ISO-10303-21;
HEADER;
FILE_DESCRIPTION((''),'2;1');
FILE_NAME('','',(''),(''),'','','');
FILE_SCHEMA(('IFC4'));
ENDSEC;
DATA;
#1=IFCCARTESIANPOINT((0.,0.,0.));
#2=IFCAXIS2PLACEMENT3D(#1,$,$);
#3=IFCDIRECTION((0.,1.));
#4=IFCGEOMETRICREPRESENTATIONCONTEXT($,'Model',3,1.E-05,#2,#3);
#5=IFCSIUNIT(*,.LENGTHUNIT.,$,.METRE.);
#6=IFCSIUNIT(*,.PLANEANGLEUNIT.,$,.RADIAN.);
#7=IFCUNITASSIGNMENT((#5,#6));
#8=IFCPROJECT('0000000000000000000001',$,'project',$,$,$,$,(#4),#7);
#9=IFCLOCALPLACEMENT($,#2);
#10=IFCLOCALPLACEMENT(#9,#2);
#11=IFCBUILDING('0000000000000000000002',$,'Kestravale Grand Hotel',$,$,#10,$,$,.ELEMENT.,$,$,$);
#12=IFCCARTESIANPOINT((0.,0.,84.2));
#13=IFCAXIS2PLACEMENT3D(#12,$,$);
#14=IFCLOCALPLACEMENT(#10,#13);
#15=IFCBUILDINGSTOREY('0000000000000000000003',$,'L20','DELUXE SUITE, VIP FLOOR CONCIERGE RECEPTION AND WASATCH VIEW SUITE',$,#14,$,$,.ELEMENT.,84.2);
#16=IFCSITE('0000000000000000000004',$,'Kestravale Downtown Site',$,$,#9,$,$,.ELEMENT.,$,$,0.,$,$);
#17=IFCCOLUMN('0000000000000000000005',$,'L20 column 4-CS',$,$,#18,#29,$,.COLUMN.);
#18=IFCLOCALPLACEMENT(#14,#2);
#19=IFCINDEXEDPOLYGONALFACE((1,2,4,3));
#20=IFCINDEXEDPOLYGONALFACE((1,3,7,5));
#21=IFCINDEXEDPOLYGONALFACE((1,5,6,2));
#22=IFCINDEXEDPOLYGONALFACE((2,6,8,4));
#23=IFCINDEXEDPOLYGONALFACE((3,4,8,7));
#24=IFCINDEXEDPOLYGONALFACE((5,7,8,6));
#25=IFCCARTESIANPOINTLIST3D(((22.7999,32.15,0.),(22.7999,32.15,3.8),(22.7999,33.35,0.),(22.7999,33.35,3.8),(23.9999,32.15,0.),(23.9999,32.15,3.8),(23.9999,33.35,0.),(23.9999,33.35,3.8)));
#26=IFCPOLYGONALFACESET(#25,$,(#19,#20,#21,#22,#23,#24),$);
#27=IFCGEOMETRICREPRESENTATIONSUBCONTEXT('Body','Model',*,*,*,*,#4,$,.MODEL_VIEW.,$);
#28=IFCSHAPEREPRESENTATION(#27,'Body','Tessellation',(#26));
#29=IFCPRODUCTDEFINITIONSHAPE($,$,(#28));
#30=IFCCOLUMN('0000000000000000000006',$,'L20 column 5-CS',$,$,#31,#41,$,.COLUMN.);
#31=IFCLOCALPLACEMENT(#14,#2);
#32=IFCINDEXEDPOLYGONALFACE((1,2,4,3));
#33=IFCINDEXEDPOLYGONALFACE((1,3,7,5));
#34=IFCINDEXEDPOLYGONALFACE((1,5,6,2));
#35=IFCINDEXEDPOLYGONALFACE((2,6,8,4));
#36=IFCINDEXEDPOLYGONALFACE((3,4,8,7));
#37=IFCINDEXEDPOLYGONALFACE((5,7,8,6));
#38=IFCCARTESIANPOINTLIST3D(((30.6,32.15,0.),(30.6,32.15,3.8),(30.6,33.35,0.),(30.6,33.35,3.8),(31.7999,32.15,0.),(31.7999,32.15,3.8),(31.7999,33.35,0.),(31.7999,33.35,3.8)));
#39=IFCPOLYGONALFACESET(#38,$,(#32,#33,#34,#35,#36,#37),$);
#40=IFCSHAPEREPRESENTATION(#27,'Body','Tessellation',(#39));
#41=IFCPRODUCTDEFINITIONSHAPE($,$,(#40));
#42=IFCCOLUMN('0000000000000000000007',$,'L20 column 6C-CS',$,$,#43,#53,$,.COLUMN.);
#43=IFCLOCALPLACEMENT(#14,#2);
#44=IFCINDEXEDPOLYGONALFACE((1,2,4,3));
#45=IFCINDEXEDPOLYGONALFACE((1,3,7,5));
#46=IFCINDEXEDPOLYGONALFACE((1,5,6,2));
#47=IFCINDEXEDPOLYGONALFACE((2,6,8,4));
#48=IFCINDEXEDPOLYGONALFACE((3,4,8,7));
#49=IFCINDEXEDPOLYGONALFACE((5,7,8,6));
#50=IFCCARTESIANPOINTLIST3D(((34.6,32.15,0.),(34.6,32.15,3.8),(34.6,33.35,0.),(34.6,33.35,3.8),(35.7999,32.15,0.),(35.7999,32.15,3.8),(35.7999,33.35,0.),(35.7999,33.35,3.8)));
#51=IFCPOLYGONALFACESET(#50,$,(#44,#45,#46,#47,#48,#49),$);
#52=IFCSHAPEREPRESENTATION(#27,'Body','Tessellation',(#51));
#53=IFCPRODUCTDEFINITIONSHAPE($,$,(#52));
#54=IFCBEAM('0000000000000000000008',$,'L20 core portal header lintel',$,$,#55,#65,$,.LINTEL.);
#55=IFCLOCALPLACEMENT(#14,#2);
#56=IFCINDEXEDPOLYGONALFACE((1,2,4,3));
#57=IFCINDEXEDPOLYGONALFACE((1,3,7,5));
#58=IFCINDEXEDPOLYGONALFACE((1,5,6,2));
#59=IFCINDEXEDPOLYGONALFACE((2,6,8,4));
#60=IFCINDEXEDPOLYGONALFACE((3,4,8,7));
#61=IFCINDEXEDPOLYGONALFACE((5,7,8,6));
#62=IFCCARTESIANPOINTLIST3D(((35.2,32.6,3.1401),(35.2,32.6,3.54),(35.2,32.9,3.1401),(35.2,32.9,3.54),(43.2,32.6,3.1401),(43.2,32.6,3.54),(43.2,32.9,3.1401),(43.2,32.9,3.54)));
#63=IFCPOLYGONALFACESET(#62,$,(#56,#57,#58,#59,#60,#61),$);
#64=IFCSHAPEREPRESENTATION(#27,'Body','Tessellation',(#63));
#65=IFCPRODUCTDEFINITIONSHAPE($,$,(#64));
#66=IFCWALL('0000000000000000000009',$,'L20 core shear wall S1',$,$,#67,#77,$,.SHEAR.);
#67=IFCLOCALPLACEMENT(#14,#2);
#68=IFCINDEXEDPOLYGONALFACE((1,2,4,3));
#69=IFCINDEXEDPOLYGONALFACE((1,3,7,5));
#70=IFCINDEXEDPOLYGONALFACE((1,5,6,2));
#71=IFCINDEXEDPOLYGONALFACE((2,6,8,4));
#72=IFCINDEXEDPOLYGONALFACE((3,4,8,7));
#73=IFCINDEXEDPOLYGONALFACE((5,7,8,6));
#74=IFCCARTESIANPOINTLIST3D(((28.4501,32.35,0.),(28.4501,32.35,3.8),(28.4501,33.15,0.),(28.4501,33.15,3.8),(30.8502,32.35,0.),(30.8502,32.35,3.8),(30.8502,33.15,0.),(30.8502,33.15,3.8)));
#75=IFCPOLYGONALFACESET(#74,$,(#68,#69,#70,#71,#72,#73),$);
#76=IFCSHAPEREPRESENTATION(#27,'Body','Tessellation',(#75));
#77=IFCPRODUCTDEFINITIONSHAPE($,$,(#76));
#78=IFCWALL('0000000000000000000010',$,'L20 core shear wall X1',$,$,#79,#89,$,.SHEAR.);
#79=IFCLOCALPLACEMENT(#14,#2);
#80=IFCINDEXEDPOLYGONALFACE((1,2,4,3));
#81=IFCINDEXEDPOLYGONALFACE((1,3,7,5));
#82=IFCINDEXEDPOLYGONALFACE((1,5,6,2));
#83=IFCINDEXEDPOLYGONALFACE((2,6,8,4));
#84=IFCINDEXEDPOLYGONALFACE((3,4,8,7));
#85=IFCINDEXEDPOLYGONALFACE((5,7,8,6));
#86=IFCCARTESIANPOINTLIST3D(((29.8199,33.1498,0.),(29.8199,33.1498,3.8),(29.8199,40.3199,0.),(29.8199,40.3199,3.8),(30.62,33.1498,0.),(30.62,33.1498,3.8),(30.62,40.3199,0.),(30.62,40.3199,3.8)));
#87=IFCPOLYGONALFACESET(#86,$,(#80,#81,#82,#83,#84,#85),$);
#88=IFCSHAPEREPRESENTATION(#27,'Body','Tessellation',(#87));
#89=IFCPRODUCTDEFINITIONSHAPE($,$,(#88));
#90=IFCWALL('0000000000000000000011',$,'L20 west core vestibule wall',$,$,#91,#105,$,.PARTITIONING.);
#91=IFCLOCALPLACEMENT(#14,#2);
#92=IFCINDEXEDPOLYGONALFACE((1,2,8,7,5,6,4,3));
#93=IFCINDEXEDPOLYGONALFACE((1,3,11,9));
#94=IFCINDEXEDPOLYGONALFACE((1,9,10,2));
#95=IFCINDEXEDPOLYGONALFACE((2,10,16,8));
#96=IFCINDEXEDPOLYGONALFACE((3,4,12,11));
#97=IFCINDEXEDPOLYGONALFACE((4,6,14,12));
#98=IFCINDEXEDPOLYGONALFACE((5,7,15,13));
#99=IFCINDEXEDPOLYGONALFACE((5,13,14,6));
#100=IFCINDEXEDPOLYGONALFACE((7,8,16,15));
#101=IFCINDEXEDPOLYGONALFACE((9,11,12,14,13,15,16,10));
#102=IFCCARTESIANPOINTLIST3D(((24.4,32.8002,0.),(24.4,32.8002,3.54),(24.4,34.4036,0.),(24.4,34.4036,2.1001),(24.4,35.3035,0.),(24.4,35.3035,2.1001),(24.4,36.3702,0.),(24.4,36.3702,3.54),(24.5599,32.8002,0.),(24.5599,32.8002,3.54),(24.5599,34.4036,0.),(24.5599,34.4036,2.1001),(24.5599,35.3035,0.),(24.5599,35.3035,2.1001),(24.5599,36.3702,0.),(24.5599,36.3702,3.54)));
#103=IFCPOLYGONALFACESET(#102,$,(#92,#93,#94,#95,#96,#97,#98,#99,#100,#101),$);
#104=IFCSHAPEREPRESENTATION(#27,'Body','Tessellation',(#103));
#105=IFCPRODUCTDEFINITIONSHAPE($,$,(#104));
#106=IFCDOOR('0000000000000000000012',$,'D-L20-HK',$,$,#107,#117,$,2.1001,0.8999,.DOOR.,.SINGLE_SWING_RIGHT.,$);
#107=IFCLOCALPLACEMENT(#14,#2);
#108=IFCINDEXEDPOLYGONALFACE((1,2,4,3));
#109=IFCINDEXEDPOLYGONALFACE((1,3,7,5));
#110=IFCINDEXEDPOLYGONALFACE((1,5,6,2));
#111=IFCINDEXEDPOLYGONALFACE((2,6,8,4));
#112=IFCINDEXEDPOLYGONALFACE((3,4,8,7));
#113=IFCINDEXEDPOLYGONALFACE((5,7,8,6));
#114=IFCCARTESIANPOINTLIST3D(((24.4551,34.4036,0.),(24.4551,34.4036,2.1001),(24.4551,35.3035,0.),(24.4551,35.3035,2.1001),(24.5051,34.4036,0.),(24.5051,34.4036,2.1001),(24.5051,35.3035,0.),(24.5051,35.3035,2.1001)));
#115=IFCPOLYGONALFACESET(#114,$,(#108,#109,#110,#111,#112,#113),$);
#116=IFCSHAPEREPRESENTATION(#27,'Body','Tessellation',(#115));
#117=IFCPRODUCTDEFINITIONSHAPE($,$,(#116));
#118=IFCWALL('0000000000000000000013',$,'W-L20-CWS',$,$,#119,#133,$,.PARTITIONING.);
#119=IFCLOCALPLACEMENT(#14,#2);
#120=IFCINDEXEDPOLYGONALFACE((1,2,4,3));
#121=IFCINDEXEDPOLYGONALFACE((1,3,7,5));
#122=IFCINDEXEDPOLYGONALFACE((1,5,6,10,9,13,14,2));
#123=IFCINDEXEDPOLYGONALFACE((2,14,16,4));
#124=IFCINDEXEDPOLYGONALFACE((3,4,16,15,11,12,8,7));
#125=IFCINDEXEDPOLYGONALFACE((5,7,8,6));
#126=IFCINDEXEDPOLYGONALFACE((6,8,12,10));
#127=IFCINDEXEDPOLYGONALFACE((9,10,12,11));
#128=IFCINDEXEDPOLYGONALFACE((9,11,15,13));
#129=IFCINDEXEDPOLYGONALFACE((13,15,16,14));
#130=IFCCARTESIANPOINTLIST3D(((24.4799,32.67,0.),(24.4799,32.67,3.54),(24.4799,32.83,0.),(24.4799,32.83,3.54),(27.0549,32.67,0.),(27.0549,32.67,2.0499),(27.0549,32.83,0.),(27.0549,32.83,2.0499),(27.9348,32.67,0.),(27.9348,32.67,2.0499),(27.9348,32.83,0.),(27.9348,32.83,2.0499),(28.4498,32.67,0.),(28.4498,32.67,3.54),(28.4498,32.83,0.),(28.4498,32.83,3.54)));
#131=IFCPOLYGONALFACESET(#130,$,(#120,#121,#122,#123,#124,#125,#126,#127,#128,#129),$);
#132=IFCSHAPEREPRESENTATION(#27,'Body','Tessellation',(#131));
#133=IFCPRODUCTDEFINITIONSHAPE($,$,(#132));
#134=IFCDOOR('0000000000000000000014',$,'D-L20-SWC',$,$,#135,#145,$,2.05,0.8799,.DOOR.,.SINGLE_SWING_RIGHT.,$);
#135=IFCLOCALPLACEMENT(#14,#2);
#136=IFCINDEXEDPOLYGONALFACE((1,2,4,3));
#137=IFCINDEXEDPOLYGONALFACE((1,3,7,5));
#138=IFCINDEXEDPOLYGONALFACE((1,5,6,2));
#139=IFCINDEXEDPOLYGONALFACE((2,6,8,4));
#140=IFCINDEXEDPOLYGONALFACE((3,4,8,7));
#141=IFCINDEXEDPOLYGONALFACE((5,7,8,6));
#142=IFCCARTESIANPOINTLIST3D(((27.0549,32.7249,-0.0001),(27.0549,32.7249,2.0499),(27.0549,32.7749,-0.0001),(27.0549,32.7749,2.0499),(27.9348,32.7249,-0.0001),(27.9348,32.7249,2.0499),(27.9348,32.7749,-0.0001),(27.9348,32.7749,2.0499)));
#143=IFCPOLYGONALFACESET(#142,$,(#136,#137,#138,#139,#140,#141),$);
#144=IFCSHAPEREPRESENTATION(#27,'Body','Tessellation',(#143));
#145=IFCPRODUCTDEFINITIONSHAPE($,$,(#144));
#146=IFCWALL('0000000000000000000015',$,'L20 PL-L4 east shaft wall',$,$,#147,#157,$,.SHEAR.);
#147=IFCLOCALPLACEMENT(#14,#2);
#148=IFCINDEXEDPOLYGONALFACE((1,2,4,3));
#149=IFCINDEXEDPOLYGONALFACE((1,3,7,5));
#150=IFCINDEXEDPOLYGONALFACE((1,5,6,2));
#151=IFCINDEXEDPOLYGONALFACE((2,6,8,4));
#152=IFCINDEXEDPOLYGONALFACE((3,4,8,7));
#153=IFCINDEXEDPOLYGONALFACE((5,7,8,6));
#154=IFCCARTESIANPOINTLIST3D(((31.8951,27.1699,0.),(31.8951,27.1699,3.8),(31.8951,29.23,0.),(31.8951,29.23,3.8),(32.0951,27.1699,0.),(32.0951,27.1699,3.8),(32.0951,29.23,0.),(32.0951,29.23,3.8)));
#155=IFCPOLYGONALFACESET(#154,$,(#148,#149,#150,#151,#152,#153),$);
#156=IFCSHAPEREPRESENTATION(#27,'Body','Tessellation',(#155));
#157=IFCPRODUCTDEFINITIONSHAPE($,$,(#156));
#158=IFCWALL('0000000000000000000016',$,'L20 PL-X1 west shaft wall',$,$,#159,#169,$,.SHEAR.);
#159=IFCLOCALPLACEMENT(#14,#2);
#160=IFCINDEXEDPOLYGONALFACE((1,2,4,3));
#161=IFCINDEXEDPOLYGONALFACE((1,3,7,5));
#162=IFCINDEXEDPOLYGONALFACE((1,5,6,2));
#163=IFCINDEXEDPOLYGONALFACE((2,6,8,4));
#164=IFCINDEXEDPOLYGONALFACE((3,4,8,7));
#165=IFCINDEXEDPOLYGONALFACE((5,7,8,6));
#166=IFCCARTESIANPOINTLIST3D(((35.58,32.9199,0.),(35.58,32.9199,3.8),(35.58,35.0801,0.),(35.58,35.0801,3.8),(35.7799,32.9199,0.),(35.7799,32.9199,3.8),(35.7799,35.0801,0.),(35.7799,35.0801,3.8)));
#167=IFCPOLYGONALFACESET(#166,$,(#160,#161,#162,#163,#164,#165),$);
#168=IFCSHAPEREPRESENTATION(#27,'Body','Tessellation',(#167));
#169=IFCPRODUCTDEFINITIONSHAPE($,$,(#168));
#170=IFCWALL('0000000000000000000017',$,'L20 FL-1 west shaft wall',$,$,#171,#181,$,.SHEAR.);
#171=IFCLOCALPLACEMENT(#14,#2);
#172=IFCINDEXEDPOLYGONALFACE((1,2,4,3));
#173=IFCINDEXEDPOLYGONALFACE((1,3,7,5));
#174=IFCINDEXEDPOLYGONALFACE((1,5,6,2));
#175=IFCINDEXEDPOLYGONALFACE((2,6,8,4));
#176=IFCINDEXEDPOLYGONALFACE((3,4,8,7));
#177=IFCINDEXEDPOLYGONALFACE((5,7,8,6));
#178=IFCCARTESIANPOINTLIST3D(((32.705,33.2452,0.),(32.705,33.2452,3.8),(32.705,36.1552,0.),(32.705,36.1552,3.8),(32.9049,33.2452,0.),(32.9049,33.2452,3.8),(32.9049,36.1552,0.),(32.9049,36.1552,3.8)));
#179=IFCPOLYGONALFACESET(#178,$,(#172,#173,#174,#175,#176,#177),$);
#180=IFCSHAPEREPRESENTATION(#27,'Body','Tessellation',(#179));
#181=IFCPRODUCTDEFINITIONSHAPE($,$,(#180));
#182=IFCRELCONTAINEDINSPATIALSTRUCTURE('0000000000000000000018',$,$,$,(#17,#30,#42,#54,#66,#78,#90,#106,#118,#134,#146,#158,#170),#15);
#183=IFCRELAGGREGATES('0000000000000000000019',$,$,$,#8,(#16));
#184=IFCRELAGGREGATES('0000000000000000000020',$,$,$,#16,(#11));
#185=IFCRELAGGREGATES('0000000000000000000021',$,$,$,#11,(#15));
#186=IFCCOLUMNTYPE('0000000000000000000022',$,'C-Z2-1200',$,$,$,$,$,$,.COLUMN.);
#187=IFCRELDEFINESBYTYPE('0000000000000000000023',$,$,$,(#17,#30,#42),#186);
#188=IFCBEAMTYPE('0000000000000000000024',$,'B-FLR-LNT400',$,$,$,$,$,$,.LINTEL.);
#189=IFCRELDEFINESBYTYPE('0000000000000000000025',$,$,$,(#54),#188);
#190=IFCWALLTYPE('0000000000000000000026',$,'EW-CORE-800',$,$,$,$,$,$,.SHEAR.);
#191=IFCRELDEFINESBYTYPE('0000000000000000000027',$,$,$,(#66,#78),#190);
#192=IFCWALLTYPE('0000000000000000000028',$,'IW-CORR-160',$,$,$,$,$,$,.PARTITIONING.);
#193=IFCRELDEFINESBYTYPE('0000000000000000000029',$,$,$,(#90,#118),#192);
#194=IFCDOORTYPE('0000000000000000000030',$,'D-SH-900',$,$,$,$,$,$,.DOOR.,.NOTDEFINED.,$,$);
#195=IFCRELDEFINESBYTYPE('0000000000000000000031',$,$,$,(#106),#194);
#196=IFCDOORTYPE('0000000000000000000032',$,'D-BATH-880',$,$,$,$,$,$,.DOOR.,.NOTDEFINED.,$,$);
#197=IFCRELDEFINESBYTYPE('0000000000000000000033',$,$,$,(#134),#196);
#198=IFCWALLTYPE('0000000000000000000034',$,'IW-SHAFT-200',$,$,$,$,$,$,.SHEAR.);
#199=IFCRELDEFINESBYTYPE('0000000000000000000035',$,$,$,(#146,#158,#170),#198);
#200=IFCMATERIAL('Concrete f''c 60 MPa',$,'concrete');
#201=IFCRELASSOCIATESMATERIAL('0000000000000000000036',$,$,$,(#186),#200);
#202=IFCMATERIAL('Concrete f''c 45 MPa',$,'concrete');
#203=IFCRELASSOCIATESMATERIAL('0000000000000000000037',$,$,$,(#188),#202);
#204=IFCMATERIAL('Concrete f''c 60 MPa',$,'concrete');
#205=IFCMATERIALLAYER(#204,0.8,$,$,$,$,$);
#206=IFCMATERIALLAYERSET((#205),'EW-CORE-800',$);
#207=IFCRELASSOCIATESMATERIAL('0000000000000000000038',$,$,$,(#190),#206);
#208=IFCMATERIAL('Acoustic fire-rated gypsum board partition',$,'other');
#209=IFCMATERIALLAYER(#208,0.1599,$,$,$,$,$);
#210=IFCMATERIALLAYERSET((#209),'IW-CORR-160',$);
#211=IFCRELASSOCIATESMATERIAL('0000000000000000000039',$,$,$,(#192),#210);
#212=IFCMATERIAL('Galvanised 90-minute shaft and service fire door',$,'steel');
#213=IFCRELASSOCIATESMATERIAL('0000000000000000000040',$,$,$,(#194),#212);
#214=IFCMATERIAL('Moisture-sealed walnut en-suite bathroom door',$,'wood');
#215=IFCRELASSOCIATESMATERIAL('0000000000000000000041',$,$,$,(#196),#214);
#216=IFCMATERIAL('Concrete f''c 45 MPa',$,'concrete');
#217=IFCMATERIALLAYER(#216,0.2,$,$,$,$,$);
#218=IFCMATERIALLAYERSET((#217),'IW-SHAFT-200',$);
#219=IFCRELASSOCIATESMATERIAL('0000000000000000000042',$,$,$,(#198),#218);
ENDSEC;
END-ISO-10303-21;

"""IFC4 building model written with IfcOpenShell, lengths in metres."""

from ifc_helpers import new_model, si_unit, direction, frame, frame_2d, origin, origin_2d, place, context, subcontext, project, spatial, rectangle, extrude, material, layer, layer_set, material_profile, profile_set, type_object, element, fill, save


model = new_model("IFC4")

# Units and contexts
model_context = context("Model", 3, precision=1e-05, world=origin(), true_north=direction((0.0, 1.0)))
body_context = subcontext(model_context, "Body", "Model", "MODEL_VIEW")
ifc_project = project(units=[si_unit("LENGTHUNIT", "METRE"), si_unit("PLANEANGLEUNIT", "RADIAN")], contexts=[model_context])

# Site, building, storey
site_placement = place(None, origin())
site = spatial("IfcSite", under=ifc_project, at=site_placement, Name="Kestravale Downtown Site", CompositionType="ELEMENT", RefElevation=0.0)
building_placement = place(site_placement, origin())
building = spatial("IfcBuilding", under=site, at=building_placement, Name="Kestravale Grand Hotel", CompositionType="ELEMENT")
storey_placement = place(building_placement, frame((0.0, 0.0, 84.2)))
storey = spatial("IfcBuildingStorey", under=building, at=storey_placement, Name="L20", Description="DELUXE SUITE, VIP FLOOR CONCIERGE RECEPTION AND WASATCH VIEW SUITE", CompositionType="ELEMENT", Elevation=84.2)

# Columns
ifc_material_1 = material(Name="Concrete f'c 60 MPa", Category="concrete")
ifc_material_profile_1 = material_profile(ifc_material_1, rectangle(XDim=1.2, YDim=1.2, at=origin_2d()))
ifc_profile_set_1 = profile_set([ifc_material_profile_1], Name="Concrete f'c 60 MPa")
column_type = type_object("IfcColumnType", Name="C-Z2-1200", PredefinedType="COLUMN", material=ifc_profile_set_1)
for number, where, z_axis, x_axis, name in (
    (1, (23.3999, 32.75, 0.0), (0.0, 0.0, 1.0), (1.0, 0.0, 0.0), "L20 column 4-CS"),
    (2, (31.2, 32.75, 0.0), (0.0, 0.0, 1.0), (1.0, 0.0, 0.0), "L20 column 5-CS"),
    (3, (35.2, 32.75, 0.0), (0.0, 0.0, 1.0), (1.0, 0.0, 0.0), "L20 column 6C-CS"),
):
    element("IfcColumn", number, at=place(storey_placement, frame(where, z_axis=z_axis, x_axis=x_axis)), inside=storey, type_object=column_type, Name=name, PredefinedType="COLUMN", context=body_context, shape_type="SweptSolid", body=[
        extrude(rectangle(XDim=1.2, YDim=1.2, at=origin_2d()), origin(), (0.0, 0.0, 1.0), 3.8),
    ])

# Beam
ifc_material_2 = material(Name="Concrete f'c 45 MPa", Category="concrete")
ifc_material_profile_2 = material_profile(ifc_material_2, rectangle(XDim=0.3, YDim=0.3999, at=origin_2d()))
ifc_profile_set_2 = profile_set([ifc_material_profile_2], Name="Concrete f'c 45 MPa")
beam_type = type_object("IfcBeamType", Name="B-FLR-LNT400", PredefinedType="LINTEL", material=ifc_profile_set_2)
beam_placement = place(storey_placement, frame((35.2, 32.75, 3.3401), z_axis=(1.0, 0.0, 0.0), x_axis=(0.0, 1.0, 0.0)))
element("IfcBeam", 4, at=beam_placement, inside=storey, type_object=beam_type, Name="L20 core portal header lintel", PredefinedType="LINTEL", context=body_context, shape_type="SweptSolid", body=[
    extrude(rectangle(XDim=0.3, YDim=0.3999, at=origin_2d()), origin(), (0.0, 0.0, 1.0), 8.0),
])

# Walls
ifc_material_3 = material(Name="Concrete f'c 60 MPa", Category="concrete")
ifc_layer_1 = layer(ifc_material_3, 0.8)
ifc_layer_set_1 = layer_set([ifc_layer_1], Name="EW-CORE-800")
wall_type_1 = type_object("IfcWallType", Name="EW-CORE-800", PredefinedType="SHEAR", material=ifc_layer_set_1)
wall_1_placement = place(storey_placement, frame((28.45, 32.75, 0.0), z_axis=(0.0, 0.0, 1.0), x_axis=(1.0, 0.0, 0.0)))
element("IfcWall", 5, at=wall_1_placement, inside=storey, type_object=wall_type_1, Name="L20 core shear wall S1", PredefinedType="SHEAR", context=body_context, shape_type="SweptSolid", body=[
    extrude(rectangle(XDim=2.4001, YDim=0.8, at=frame_2d((1.2002, 0.0))), origin(), (0.0, 0.0, 1.0), 3.8),
])
wall_2_placement = place(storey_placement, frame((30.22, 33.1499, 0.0), z_axis=(0.0, 0.0, 1.0), x_axis=(0.0, 1.0, 0.0)))
element("IfcWall", 6, at=wall_2_placement, inside=storey, type_object=wall_type_1, Name="L20 core shear wall X1", PredefinedType="SHEAR", context=body_context, shape_type="SweptSolid", body=[
    extrude(rectangle(XDim=7.1702, YDim=0.8, at=frame_2d((3.585, 0.0))), origin(), (0.0, 0.0, 1.0), 3.8),
])

# Walls, openings, doors
ifc_material_4 = material(Name="Acoustic fire-rated gypsum board partition", Category="other")
ifc_layer_2 = layer(ifc_material_4, 0.1599)
ifc_layer_set_2 = layer_set([ifc_layer_2], Name="IW-CORR-160")
wall_type_2 = type_object("IfcWallType", Name="IW-CORR-160", PredefinedType="PARTITIONING", material=ifc_layer_set_2)
wall_3_placement = place(storey_placement, frame((24.48, 32.8, 0.0), z_axis=(0.0, 0.0, 1.0), x_axis=(0.0, 1.0, 0.0)))
wall_3 = element("IfcWall", 7, at=wall_3_placement, inside=storey, type_object=wall_type_2, Name="L20 west core vestibule wall", PredefinedType="PARTITIONING", context=body_context, shape_type="SweptSolid", body=[
    extrude(rectangle(XDim=3.5701, YDim=0.1599, at=frame_2d((1.7852, 0.0))), origin(), (0.0, 0.0, 1.0), 3.54),
])
opening_1_placement = place(wall_3_placement, frame((1.6035, 0.0, 0.0)))
opening_1 = element("IfcOpeningElement", 8, at=opening_1_placement, cuts=wall_3, PredefinedType="OPENING", context=body_context, shape_type="SweptSolid", body=[
    extrude(rectangle(XDim=0.8999, YDim=2.1001, at=frame_2d((0.45, 1.05))), frame((0.0, 0.0898, 0.0), z_axis=(0.0, -1.0, 0.0), x_axis=(1.0, 0.0, 0.0)), (0.0, 0.0, 1.0), 0.1799),
])
ifc_material_5 = material(Name="Galvanised 90-minute shaft and service fire door", Category="steel")
door_type_1 = type_object("IfcDoorType", Name="D-SH-900", OperationType="NOTDEFINED", PredefinedType="DOOR", material=ifc_material_5)
door_1_placement = place(opening_1_placement, origin())
door_1 = element("IfcDoor", 9, at=door_1_placement, inside=storey, type_object=door_type_1, Name="D-L20-HK", OperationType="SINGLE_SWING_RIGHT", OverallHeight=2.1001, OverallWidth=0.8999, PredefinedType="DOOR", context=body_context, shape_type="SweptSolid", body=[
    extrude(rectangle(XDim=0.8999, YDim=2.1001, at=frame_2d((0.45, 1.05))), frame((0.0, 0.0249, 0.0), z_axis=(0.0, -1.0, 0.0), x_axis=(1.0, 0.0, 0.0)), (0.0, 0.0, 1.0), 0.05),
])
fill(opening_1, door_1)
wall_4_placement = place(storey_placement, frame((24.48, 32.75, 0.0), z_axis=(0.0, 0.0, 1.0), x_axis=(1.0, 0.0, 0.0)))
wall_4 = element("IfcWall", 10, at=wall_4_placement, inside=storey, type_object=wall_type_2, Name="W-L20-CWS", PredefinedType="PARTITIONING", context=body_context, shape_type="SweptSolid", body=[
    extrude(rectangle(XDim=3.97, YDim=0.1599, at=frame_2d((1.9849, 0.0))), origin(), (0.0, 0.0, 1.0), 3.54),
])
opening_2_placement = place(wall_4_placement, frame((2.575, 0.0, 0.0)))
opening_2 = element("IfcOpeningElement", 11, at=opening_2_placement, cuts=wall_4, PredefinedType="OPENING", context=body_context, shape_type="SweptSolid", body=[
    extrude(rectangle(XDim=0.8799, YDim=2.05, at=frame_2d((0.4399, 1.0249))), frame((0.0, 0.0898, 0.0), z_axis=(0.0, -1.0, 0.0), x_axis=(1.0, 0.0, 0.0)), (0.0, 0.0, 1.0), 0.1799),
])
ifc_material_6 = material(Name="Moisture-sealed walnut en-suite bathroom door", Category="wood")
door_type_2 = type_object("IfcDoorType", Name="D-BATH-880", OperationType="NOTDEFINED", PredefinedType="DOOR", material=ifc_material_6)
door_2_placement = place(opening_2_placement, origin())
door_2 = element("IfcDoor", 12, at=door_2_placement, inside=storey, type_object=door_type_2, Name="D-L20-SWC", OperationType="SINGLE_SWING_RIGHT", OverallHeight=2.05, OverallWidth=0.8799, PredefinedType="DOOR", context=body_context, shape_type="SweptSolid", body=[
    extrude(rectangle(XDim=0.8799, YDim=2.05, at=frame_2d((0.4399, 1.0249))), frame((0.0, 0.0249, 0.0), z_axis=(0.0, -1.0, 0.0), x_axis=(1.0, 0.0, 0.0)), (0.0, 0.0, 1.0), 0.05),
])
fill(opening_2, door_2)

# Walls
ifc_material_7 = material(Name="Concrete f'c 45 MPa", Category="concrete")
ifc_layer_3 = layer(ifc_material_7, 0.2)
ifc_layer_set_3 = layer_set([ifc_layer_3], Name="IW-SHAFT-200")
wall_type_3 = type_object("IfcWallType", Name="IW-SHAFT-200", PredefinedType="SHEAR", material=ifc_layer_set_3)
wall_5_placement = place(storey_placement, frame((31.9951, 27.1699, 0.0), z_axis=(0.0, 0.0, 1.0), x_axis=(0.0, 1.0, 0.0)))
element("IfcWall", 13, at=wall_5_placement, inside=storey, type_object=wall_type_3, Name="L20 PL-L4 east shaft wall", PredefinedType="SHEAR", context=body_context, shape_type="SweptSolid", body=[
    extrude(rectangle(XDim=2.0601, YDim=0.2, at=frame_2d((1.03, 0.0))), origin(), (0.0, 0.0, 1.0), 3.8),
])
wall_6_placement = place(storey_placement, frame((35.6799, 32.9199, 0.0), z_axis=(0.0, 0.0, 1.0), x_axis=(0.0, 1.0, 0.0)))
element("IfcWall", 14, at=wall_6_placement, inside=storey, type_object=wall_type_3, Name="L20 PL-X1 west shaft wall", PredefinedType="SHEAR", context=body_context, shape_type="SweptSolid", body=[
    extrude(rectangle(XDim=2.1602, YDim=0.2, at=frame_2d((1.0801, 0.0))), origin(), (0.0, 0.0, 1.0), 3.8),
])
for number, where, z_axis, x_axis, name in (
    (15, (32.8049, 33.2451, 0.0), (0.0, 0.0, 1.0), (0.0, 1.0, 0.0), "L20 FL-1 west shaft wall"),
):
    element("IfcWall", number, at=place(storey_placement, frame(where, z_axis=z_axis, x_axis=x_axis)), inside=storey, type_object=wall_type_3, Name=name, PredefinedType="SHEAR", context=body_context, shape_type="SweptSolid", body=[
        extrude(rectangle(XDim=2.9099, YDim=0.2, at=frame_2d((1.4551, 0.0))), origin(), (0.0, 0.0, 1.0), 3.8),
    ])

save(model, "model.ifc")
